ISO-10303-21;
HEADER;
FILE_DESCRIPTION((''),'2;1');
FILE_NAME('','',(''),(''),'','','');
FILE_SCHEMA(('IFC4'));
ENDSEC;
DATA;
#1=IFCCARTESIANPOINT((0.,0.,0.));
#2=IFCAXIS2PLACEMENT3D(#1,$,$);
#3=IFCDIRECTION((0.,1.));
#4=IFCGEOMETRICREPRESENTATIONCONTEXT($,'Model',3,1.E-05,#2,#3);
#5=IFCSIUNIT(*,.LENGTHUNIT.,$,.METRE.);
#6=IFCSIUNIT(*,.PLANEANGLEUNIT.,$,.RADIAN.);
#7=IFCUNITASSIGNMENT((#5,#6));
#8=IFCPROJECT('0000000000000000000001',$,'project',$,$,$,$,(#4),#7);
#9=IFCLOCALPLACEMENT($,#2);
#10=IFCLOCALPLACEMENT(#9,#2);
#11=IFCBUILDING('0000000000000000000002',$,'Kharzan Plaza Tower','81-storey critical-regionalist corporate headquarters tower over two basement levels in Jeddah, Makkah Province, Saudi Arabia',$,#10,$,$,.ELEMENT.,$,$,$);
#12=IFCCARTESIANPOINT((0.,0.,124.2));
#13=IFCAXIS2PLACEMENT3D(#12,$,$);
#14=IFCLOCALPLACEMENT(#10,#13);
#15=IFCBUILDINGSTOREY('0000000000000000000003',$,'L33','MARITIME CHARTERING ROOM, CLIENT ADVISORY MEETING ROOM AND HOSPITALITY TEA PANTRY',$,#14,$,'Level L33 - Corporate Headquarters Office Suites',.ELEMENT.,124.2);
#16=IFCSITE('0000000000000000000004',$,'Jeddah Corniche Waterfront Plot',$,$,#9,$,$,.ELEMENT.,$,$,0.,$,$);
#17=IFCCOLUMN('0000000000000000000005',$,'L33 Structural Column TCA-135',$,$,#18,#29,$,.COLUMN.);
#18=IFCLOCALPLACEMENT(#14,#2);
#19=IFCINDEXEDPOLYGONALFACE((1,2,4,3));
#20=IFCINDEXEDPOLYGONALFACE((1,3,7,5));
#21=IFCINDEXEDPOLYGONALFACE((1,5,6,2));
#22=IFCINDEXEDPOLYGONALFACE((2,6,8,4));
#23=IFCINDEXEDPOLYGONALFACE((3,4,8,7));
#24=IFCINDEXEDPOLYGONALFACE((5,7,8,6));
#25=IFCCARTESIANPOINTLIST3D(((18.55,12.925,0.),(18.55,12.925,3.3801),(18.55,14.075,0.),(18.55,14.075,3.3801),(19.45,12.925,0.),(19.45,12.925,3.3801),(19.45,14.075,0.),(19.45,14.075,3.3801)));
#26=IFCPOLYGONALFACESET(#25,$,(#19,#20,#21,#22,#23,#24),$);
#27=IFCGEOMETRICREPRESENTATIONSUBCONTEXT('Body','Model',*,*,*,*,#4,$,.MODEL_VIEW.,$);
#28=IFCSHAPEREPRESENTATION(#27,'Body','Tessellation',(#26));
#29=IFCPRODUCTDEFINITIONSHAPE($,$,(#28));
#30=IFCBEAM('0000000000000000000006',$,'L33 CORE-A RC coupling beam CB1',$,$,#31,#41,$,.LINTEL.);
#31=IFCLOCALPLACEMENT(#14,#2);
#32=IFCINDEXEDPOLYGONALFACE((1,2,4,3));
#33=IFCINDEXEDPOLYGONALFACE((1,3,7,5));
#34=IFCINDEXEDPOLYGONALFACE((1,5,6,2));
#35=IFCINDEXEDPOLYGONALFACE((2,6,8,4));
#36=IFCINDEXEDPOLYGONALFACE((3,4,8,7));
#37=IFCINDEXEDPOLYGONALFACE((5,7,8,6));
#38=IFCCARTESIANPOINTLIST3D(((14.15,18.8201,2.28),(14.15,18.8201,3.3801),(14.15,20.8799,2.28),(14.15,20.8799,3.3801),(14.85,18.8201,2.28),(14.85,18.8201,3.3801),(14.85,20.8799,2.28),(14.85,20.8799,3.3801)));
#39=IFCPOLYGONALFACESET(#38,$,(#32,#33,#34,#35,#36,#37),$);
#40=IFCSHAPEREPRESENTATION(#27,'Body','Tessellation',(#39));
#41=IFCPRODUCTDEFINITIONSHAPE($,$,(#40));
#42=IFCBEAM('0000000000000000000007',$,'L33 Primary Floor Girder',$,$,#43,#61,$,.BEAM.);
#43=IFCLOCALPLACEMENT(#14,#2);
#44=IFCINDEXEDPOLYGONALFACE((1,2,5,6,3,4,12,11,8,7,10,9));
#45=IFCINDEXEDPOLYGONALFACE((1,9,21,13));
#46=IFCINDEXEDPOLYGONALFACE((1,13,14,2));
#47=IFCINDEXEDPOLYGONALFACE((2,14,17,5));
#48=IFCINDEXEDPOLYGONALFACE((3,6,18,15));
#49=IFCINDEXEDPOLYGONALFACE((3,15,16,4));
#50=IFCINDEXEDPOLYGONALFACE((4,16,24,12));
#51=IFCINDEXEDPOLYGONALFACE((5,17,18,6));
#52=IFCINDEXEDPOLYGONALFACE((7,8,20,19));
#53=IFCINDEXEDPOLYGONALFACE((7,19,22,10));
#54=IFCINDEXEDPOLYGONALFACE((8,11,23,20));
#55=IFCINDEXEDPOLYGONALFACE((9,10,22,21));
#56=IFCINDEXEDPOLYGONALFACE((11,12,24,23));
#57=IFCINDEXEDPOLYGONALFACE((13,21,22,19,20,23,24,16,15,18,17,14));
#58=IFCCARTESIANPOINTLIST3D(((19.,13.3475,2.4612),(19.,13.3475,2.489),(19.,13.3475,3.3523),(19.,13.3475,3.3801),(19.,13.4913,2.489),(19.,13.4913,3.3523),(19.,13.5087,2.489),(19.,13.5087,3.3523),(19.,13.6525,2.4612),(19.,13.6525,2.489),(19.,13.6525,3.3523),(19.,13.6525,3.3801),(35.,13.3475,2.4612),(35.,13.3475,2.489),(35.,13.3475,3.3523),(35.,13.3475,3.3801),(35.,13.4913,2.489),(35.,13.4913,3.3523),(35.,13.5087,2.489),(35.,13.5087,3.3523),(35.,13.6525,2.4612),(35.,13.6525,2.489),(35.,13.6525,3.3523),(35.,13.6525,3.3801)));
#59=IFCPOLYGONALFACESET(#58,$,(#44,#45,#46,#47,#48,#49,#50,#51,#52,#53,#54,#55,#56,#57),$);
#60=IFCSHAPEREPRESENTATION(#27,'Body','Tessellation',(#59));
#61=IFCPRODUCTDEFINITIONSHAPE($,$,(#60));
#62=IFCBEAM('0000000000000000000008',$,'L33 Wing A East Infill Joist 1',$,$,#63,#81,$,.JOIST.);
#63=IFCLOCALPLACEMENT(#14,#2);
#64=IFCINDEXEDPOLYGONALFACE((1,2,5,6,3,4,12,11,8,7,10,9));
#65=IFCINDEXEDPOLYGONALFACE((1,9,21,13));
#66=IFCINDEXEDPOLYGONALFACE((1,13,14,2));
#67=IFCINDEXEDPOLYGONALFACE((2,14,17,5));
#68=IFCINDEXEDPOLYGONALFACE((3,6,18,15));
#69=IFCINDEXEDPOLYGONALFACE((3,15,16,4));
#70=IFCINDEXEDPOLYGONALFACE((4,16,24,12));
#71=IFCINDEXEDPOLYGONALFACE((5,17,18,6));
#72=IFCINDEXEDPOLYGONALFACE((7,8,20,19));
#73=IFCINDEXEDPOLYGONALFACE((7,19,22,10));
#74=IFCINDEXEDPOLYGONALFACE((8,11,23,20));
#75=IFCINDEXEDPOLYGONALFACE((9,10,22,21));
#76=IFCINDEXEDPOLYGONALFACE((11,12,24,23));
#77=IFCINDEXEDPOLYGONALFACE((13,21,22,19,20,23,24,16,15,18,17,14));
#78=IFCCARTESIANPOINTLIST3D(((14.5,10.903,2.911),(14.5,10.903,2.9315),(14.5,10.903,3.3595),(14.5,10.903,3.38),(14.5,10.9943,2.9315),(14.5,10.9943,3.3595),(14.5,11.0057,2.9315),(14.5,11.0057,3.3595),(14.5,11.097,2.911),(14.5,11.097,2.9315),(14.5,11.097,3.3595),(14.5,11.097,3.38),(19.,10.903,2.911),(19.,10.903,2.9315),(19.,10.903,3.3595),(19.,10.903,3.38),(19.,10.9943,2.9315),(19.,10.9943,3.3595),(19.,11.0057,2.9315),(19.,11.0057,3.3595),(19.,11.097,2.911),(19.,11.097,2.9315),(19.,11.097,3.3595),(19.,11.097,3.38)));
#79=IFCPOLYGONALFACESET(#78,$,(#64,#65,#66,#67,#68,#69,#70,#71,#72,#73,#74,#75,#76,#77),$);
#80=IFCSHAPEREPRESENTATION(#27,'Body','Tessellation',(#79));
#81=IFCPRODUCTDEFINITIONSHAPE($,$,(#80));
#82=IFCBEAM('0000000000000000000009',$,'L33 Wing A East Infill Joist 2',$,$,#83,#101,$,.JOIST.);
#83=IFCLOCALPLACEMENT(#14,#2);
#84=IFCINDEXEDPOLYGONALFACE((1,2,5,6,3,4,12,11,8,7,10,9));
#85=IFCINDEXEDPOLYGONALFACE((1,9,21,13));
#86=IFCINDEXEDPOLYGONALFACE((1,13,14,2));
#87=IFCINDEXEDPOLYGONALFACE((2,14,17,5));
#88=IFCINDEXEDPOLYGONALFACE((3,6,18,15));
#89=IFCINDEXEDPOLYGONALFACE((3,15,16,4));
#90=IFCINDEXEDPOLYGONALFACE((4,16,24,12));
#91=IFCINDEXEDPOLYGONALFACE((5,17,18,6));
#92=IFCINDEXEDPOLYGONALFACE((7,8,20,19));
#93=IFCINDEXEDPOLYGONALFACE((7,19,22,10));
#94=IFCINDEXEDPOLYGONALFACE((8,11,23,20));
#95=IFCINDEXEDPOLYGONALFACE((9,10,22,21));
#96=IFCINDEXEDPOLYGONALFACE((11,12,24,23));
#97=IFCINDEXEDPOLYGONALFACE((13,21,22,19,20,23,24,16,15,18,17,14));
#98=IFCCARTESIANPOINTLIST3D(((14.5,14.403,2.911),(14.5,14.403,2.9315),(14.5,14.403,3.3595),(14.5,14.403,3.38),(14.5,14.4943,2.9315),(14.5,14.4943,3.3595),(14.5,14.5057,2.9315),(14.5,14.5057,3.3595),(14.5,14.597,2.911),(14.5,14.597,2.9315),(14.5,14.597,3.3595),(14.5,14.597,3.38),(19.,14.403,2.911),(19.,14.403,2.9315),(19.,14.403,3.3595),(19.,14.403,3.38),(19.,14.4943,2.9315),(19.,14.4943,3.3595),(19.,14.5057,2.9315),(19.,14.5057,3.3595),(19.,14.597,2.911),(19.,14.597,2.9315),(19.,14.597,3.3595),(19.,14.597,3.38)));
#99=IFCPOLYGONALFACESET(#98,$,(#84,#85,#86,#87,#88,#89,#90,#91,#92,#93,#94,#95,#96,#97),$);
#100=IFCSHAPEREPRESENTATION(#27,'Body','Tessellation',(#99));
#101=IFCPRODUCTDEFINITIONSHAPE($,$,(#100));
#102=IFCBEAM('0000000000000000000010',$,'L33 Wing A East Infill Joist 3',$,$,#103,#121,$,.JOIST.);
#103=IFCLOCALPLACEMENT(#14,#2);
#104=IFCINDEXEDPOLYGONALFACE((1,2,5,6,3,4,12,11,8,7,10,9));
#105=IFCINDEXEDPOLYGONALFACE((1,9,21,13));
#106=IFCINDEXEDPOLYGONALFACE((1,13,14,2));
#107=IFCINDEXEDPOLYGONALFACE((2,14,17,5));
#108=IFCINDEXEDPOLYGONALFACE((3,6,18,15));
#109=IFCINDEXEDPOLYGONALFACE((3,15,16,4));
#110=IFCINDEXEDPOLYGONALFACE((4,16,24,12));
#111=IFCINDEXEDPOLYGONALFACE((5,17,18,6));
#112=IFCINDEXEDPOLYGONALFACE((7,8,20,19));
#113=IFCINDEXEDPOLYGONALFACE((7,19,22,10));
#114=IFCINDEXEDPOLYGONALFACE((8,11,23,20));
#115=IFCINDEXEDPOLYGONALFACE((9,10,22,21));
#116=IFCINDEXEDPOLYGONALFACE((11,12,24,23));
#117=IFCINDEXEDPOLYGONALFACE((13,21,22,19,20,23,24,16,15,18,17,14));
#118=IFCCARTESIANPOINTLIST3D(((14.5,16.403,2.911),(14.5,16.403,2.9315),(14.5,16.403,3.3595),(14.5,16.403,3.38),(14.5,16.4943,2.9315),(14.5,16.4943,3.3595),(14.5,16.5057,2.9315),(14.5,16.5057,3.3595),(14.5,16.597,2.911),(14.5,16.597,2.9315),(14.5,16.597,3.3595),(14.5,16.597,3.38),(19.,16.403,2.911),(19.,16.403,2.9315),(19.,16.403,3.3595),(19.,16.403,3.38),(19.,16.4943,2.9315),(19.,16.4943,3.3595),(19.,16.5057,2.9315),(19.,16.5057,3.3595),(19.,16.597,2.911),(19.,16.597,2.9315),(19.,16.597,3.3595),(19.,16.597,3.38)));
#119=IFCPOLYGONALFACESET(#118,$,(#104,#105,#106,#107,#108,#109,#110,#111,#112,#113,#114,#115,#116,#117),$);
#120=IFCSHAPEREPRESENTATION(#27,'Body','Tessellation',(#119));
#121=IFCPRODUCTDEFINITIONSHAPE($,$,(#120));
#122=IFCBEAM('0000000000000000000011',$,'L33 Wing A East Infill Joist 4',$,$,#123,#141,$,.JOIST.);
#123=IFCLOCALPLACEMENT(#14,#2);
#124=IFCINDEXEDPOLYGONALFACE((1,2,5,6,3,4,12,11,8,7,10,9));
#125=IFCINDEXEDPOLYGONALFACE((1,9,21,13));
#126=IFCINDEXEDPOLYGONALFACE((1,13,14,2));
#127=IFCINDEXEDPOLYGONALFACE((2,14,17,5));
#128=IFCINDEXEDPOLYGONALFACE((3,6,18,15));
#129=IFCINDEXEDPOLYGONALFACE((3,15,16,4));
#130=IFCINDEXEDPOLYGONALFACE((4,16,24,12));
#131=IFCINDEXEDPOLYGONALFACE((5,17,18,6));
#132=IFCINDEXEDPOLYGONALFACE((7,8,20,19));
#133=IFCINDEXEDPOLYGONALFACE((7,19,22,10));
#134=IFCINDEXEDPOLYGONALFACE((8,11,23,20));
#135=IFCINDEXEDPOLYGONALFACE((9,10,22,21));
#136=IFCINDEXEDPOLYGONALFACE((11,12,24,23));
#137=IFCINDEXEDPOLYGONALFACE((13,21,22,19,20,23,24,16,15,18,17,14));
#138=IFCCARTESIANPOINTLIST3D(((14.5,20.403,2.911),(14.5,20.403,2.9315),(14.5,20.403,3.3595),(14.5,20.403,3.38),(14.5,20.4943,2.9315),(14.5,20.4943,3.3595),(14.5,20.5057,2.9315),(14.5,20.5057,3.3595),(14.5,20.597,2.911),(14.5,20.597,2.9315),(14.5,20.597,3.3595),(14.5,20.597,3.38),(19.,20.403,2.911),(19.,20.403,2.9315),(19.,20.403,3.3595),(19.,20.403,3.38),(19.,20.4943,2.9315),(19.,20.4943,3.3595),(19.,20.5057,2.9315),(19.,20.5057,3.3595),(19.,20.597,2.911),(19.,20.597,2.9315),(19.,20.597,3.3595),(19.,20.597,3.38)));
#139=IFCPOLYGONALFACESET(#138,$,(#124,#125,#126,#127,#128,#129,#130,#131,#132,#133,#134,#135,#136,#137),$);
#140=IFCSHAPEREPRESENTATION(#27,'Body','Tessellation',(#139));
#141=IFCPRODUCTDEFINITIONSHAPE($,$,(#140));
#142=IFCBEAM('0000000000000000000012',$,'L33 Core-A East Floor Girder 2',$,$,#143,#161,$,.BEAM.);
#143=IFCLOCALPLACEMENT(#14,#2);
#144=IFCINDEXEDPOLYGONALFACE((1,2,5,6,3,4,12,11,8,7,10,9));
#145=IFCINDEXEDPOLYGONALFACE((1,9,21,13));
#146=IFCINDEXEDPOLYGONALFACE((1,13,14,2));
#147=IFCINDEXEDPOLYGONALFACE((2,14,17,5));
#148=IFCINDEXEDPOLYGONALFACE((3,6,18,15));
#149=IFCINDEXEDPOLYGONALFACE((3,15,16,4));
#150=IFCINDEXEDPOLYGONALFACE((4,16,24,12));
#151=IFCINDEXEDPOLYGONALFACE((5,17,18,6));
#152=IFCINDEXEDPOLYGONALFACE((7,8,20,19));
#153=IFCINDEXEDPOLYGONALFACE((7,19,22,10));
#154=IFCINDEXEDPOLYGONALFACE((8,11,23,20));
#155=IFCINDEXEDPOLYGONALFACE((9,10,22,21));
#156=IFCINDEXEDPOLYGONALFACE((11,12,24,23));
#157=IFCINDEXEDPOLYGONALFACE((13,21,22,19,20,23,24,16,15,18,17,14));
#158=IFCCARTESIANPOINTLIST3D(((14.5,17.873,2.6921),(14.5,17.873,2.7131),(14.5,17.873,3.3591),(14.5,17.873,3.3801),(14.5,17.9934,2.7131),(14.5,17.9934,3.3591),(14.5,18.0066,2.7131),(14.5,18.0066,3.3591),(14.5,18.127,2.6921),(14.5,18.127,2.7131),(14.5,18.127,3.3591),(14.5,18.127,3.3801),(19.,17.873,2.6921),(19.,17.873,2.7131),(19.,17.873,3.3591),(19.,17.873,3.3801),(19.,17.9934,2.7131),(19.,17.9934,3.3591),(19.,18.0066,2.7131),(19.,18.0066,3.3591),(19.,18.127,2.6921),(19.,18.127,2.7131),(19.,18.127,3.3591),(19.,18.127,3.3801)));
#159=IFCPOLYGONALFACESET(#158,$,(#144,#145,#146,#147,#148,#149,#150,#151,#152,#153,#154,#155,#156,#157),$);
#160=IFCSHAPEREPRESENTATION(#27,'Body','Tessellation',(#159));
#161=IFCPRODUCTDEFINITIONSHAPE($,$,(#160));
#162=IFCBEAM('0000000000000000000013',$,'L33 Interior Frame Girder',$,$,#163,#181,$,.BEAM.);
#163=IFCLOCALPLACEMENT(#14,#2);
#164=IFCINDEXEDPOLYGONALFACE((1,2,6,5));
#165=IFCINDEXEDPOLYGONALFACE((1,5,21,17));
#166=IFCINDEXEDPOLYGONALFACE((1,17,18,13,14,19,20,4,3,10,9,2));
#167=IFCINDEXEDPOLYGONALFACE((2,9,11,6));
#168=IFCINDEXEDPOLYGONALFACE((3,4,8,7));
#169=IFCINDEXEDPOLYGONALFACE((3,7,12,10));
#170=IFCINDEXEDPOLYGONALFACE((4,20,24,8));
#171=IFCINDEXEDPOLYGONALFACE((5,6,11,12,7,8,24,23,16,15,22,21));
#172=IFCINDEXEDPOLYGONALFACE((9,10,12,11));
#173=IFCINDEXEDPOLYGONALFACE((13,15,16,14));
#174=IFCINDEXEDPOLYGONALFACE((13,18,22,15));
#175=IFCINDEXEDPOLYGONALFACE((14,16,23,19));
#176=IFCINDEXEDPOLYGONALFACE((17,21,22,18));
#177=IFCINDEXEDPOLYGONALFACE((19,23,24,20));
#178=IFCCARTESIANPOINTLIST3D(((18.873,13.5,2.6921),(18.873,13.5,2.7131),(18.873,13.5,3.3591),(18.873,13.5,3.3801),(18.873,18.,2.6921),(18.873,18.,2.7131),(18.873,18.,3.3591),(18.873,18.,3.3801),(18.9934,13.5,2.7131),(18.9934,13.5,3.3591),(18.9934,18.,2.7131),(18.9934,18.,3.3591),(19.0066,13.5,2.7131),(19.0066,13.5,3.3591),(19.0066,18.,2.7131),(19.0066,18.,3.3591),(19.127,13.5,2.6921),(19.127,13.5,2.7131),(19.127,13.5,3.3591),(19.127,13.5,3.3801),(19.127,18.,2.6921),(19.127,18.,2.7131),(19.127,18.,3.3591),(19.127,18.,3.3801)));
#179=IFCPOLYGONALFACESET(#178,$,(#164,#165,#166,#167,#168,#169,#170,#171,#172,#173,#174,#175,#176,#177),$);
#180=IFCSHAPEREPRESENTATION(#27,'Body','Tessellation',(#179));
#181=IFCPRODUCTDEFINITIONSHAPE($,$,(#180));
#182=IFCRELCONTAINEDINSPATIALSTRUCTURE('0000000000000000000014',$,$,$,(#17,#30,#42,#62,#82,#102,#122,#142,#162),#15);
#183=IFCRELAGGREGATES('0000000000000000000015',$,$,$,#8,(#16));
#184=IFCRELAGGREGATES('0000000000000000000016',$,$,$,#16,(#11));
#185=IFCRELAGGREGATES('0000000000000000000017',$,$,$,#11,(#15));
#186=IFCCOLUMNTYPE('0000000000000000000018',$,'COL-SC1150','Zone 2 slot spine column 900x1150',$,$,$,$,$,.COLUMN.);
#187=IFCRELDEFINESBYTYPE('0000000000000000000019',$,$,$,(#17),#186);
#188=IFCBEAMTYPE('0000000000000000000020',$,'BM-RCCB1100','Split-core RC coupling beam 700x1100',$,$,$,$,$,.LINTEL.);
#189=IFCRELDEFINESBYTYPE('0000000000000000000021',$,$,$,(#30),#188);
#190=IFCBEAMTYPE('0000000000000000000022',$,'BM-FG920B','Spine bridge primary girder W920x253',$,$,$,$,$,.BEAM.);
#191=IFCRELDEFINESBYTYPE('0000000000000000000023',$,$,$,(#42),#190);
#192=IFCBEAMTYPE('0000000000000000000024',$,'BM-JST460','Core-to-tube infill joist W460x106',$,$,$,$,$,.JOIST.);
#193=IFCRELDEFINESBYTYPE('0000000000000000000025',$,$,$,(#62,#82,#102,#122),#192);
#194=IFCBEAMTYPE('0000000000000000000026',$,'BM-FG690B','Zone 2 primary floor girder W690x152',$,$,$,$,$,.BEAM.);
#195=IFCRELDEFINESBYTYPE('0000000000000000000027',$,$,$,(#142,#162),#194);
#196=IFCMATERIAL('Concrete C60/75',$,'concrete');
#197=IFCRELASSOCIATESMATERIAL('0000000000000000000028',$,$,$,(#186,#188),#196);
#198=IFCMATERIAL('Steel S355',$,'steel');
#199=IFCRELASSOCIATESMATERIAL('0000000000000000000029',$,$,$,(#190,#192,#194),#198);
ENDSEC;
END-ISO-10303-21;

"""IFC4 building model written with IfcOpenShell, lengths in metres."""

from ifc_helpers import new_model, si_unit, direction, frame, origin, origin_2d, place, context, subcontext, project, spatial, rectangle, i_section, extrude, source, transform, mapped, material, material_profile, profile_set, type_object, element, save


model = new_model("IFC4")

# Units and contexts
model_context = context("Model", 3, precision=1e-05, world=origin(), true_north=direction((0.0, 1.0)))
body_context = subcontext(model_context, "Body", "Model", "MODEL_VIEW")
ifc_project = project(units=[si_unit("LENGTHUNIT", "METRE"), si_unit("PLANEANGLEUNIT", "RADIAN")], contexts=[model_context])

# Site, building, storey
site_placement = place(None, origin())
site = spatial("IfcSite", under=ifc_project, at=site_placement, Name="Jeddah Corniche Waterfront Plot", CompositionType="ELEMENT", RefElevation=0.0)
building_placement = place(site_placement, origin())
building = spatial("IfcBuilding", under=site, at=building_placement, Name="Kharzan Plaza Tower", Description="81-storey critical-regionalist corporate headquarters tower over two basement levels in Jeddah, Makkah Province, Saudi Arabia", CompositionType="ELEMENT")
storey_placement = place(building_placement, frame((0.0, 0.0, 124.2)))
storey = spatial("IfcBuildingStorey", under=building, at=storey_placement, Name="L33", Description="MARITIME CHARTERING ROOM, CLIENT ADVISORY MEETING ROOM AND HOSPITALITY TEA PANTRY", LongName="Level L33 - Corporate Headquarters Office Suites", CompositionType="ELEMENT", Elevation=124.2)

# Column
ifc_material_1 = material(Name="Concrete C60/75", Category="concrete")
ifc_material_profile_1 = material_profile(ifc_material_1, rectangle(XDim=0.8999, YDim=1.1499, at=origin_2d()), Name="RC-SC1150x900")
ifc_profile_set_1 = profile_set([ifc_material_profile_1], Name="Concrete C60/75")
column_type = type_object("IfcColumnType", Name="COL-SC1150", Description="Zone 2 slot spine column 900x1150", PredefinedType="COLUMN", material=ifc_profile_set_1)
shared_shape_1 = source(origin(), body_context, "Body", "SweptSolid", [
    extrude(rectangle(XDim=0.8999, YDim=1.1499, at=origin_2d()), origin(), (0.0, 0.0, 1.0), 3.3801),
])
column_placement = place(storey_placement, frame((19.0, 13.5, 0.0), z_axis=(0.0, 0.0, 1.0), x_axis=(1.0, 0.0, 0.0)))
element("IfcColumn", 1, at=column_placement, inside=storey, type_object=column_type, Name="L33 Structural Column TCA-135", PredefinedType="COLUMN", context=body_context, shape_type="MappedRepresentation", body=[
    mapped(shared_shape_1, transform((0.0, 0.0, 0.0), x_axis=(1.0, 0.0, 0.0), y_axis=(0.0, 1.0, 0.0), z_axis=(0.0, 0.0, 1.0))),
])

# Beams
ifc_material_profile_2 = material_profile(ifc_material_1, rectangle(XDim=0.7, YDim=1.1001, at=origin_2d()), Name="RC-CB1100x700")
ifc_profile_set_2 = profile_set([ifc_material_profile_2], Name="Concrete C60/75")
beam_type_1 = type_object("IfcBeamType", Name="BM-RCCB1100", Description="Split-core RC coupling beam 700x1100", PredefinedType="LINTEL", material=ifc_profile_set_2)
shared_shape_2 = source(origin(), body_context, "Body", "SweptSolid", [
    extrude(rectangle(XDim=0.7, YDim=1.1001, at=origin_2d()), origin(), (0.0, 0.0, 1.0), 2.0598),
])
beam_1_placement = place(storey_placement, frame((14.5, 18.8201, 2.8301), z_axis=(0.0, 1.0, 0.0), x_axis=(-1.0, 0.0, 0.0)))
element("IfcBeam", 2, at=beam_1_placement, inside=storey, type_object=beam_type_1, Name="L33 CORE-A RC coupling beam CB1", PredefinedType="LINTEL", context=body_context, shape_type="MappedRepresentation", body=[
    mapped(shared_shape_2, transform((0.0, 0.0, 0.0), x_axis=(1.0, 0.0, 0.0), y_axis=(0.0, 1.0, 0.0), z_axis=(0.0, 0.0, 1.0))),
])
ifc_material_2 = material(Name="Steel S355", Category="steel")
ifc_material_profile_3 = material_profile(ifc_material_2, i_section(OverallWidth=0.3049, OverallDepth=0.9189, WebThickness=0.0173, FlangeThickness=0.0278, at=origin_2d()), Name="W920x253")
ifc_profile_set_3 = profile_set([ifc_material_profile_3], Name="Steel S355")
beam_type_2 = type_object("IfcBeamType", Name="BM-FG920B", Description="Spine bridge primary girder W920x253", PredefinedType="BEAM", material=ifc_profile_set_3)
shared_shape_3 = source(origin(), body_context, "Body", "SweptSolid", [
    extrude(i_section(OverallWidth=0.3049, OverallDepth=0.9189, WebThickness=0.0173, FlangeThickness=0.0278, at=origin_2d()), origin(), (0.0, 0.0, 1.0), 16.0),
])
beam_2_placement = place(storey_placement, frame((19.0, 13.5, 2.9207), z_axis=(1.0, 0.0, 0.0), x_axis=(0.0, 1.0, 0.0)))
element("IfcBeam", 3, at=beam_2_placement, inside=storey, type_object=beam_type_2, Name="L33 Primary Floor Girder", PredefinedType="BEAM", context=body_context, shape_type="MappedRepresentation", body=[
    mapped(shared_shape_3, transform((0.0, 0.0, 0.0), x_axis=(1.0, 0.0, 0.0), y_axis=(0.0, 1.0, 0.0), z_axis=(0.0, 0.0, 1.0))),
])
ifc_material_profile_4 = material_profile(ifc_material_2, i_section(OverallWidth=0.1941, OverallDepth=0.469, WebThickness=0.0115, FlangeThickness=0.0205, at=origin_2d()), Name="W460x106")
ifc_profile_set_4 = profile_set([ifc_material_profile_4], Name="Steel S355")
beam_type_3 = type_object("IfcBeamType", Name="BM-JST460", Description="Core-to-tube infill joist W460x106", PredefinedType="JOIST", material=ifc_profile_set_4)
shared_shape_4 = source(origin(), body_context, "Body", "SweptSolid", [
    extrude(i_section(OverallWidth=0.1941, OverallDepth=0.469, WebThickness=0.0115, FlangeThickness=0.0205, at=origin_2d()), origin(), (0.0, 0.0, 1.0), 4.5),
])
for number, where, z_axis, x_axis, name in (
    (4, (14.5, 11.0, 3.1455), (1.0, 0.0, 0.0), (0.0, 1.0, 0.0), "L33 Wing A East Infill Joist 1"),
    (5, (14.5, 14.5, 3.1455), (1.0, 0.0, 0.0), (0.0, 1.0, 0.0), "L33 Wing A East Infill Joist 2"),
    (6, (14.5, 16.5, 3.1455), (1.0, 0.0, 0.0), (0.0, 1.0, 0.0), "L33 Wing A East Infill Joist 3"),
    (7, (14.5, 20.5, 3.1455), (1.0, 0.0, 0.0), (0.0, 1.0, 0.0), "L33 Wing A East Infill Joist 4"),
):
    element("IfcBeam", number, at=place(storey_placement, frame(where, z_axis=z_axis, x_axis=x_axis)), inside=storey, type_object=beam_type_3, Name=name, PredefinedType="JOIST", context=body_context, shape_type="MappedRepresentation", body=[
        mapped(shared_shape_4, transform((0.0, 0.0, 0.0), x_axis=(1.0, 0.0, 0.0), y_axis=(0.0, 1.0, 0.0), z_axis=(0.0, 0.0, 1.0))),
    ])
ifc_material_profile_5 = material_profile(ifc_material_2, i_section(OverallWidth=0.2539, OverallDepth=0.688, WebThickness=0.0132, FlangeThickness=0.021, at=origin_2d()), Name="W690x152")
ifc_profile_set_5 = profile_set([ifc_material_profile_5], Name="Steel S355")
beam_type_4 = type_object("IfcBeamType", Name="BM-FG690B", Description="Zone 2 primary floor girder W690x152", PredefinedType="BEAM", material=ifc_profile_set_5)
shared_shape_5 = source(origin(), body_context, "Body", "SweptSolid", [
    extrude(i_section(OverallWidth=0.2539, OverallDepth=0.688, WebThickness=0.0132, FlangeThickness=0.021, at=origin_2d()), origin(), (0.0, 0.0, 1.0), 4.5),
])
for number, where, z_axis, x_axis, name in (
    (8, (14.5, 18.0, 3.0361), (1.0, 0.0, 0.0), (0.0, 1.0, 0.0), "L33 Core-A East Floor Girder 2"),
    (9, (19.0, 13.5, 3.0361), (0.0, 1.0, 0.0), (-1.0, 0.0, 0.0), "L33 Interior Frame Girder"),
):
    element("IfcBeam", number, at=place(storey_placement, frame(where, z_axis=z_axis, x_axis=x_axis)), inside=storey, type_object=beam_type_4, Name=name, PredefinedType="BEAM", context=body_context, shape_type="MappedRepresentation", body=[
        mapped(shared_shape_5, transform((0.0, 0.0, 0.0), x_axis=(1.0, 0.0, 0.0), y_axis=(0.0, 1.0, 0.0), z_axis=(0.0, 0.0, 1.0))),
    ])

save(model, "model.ifc")
